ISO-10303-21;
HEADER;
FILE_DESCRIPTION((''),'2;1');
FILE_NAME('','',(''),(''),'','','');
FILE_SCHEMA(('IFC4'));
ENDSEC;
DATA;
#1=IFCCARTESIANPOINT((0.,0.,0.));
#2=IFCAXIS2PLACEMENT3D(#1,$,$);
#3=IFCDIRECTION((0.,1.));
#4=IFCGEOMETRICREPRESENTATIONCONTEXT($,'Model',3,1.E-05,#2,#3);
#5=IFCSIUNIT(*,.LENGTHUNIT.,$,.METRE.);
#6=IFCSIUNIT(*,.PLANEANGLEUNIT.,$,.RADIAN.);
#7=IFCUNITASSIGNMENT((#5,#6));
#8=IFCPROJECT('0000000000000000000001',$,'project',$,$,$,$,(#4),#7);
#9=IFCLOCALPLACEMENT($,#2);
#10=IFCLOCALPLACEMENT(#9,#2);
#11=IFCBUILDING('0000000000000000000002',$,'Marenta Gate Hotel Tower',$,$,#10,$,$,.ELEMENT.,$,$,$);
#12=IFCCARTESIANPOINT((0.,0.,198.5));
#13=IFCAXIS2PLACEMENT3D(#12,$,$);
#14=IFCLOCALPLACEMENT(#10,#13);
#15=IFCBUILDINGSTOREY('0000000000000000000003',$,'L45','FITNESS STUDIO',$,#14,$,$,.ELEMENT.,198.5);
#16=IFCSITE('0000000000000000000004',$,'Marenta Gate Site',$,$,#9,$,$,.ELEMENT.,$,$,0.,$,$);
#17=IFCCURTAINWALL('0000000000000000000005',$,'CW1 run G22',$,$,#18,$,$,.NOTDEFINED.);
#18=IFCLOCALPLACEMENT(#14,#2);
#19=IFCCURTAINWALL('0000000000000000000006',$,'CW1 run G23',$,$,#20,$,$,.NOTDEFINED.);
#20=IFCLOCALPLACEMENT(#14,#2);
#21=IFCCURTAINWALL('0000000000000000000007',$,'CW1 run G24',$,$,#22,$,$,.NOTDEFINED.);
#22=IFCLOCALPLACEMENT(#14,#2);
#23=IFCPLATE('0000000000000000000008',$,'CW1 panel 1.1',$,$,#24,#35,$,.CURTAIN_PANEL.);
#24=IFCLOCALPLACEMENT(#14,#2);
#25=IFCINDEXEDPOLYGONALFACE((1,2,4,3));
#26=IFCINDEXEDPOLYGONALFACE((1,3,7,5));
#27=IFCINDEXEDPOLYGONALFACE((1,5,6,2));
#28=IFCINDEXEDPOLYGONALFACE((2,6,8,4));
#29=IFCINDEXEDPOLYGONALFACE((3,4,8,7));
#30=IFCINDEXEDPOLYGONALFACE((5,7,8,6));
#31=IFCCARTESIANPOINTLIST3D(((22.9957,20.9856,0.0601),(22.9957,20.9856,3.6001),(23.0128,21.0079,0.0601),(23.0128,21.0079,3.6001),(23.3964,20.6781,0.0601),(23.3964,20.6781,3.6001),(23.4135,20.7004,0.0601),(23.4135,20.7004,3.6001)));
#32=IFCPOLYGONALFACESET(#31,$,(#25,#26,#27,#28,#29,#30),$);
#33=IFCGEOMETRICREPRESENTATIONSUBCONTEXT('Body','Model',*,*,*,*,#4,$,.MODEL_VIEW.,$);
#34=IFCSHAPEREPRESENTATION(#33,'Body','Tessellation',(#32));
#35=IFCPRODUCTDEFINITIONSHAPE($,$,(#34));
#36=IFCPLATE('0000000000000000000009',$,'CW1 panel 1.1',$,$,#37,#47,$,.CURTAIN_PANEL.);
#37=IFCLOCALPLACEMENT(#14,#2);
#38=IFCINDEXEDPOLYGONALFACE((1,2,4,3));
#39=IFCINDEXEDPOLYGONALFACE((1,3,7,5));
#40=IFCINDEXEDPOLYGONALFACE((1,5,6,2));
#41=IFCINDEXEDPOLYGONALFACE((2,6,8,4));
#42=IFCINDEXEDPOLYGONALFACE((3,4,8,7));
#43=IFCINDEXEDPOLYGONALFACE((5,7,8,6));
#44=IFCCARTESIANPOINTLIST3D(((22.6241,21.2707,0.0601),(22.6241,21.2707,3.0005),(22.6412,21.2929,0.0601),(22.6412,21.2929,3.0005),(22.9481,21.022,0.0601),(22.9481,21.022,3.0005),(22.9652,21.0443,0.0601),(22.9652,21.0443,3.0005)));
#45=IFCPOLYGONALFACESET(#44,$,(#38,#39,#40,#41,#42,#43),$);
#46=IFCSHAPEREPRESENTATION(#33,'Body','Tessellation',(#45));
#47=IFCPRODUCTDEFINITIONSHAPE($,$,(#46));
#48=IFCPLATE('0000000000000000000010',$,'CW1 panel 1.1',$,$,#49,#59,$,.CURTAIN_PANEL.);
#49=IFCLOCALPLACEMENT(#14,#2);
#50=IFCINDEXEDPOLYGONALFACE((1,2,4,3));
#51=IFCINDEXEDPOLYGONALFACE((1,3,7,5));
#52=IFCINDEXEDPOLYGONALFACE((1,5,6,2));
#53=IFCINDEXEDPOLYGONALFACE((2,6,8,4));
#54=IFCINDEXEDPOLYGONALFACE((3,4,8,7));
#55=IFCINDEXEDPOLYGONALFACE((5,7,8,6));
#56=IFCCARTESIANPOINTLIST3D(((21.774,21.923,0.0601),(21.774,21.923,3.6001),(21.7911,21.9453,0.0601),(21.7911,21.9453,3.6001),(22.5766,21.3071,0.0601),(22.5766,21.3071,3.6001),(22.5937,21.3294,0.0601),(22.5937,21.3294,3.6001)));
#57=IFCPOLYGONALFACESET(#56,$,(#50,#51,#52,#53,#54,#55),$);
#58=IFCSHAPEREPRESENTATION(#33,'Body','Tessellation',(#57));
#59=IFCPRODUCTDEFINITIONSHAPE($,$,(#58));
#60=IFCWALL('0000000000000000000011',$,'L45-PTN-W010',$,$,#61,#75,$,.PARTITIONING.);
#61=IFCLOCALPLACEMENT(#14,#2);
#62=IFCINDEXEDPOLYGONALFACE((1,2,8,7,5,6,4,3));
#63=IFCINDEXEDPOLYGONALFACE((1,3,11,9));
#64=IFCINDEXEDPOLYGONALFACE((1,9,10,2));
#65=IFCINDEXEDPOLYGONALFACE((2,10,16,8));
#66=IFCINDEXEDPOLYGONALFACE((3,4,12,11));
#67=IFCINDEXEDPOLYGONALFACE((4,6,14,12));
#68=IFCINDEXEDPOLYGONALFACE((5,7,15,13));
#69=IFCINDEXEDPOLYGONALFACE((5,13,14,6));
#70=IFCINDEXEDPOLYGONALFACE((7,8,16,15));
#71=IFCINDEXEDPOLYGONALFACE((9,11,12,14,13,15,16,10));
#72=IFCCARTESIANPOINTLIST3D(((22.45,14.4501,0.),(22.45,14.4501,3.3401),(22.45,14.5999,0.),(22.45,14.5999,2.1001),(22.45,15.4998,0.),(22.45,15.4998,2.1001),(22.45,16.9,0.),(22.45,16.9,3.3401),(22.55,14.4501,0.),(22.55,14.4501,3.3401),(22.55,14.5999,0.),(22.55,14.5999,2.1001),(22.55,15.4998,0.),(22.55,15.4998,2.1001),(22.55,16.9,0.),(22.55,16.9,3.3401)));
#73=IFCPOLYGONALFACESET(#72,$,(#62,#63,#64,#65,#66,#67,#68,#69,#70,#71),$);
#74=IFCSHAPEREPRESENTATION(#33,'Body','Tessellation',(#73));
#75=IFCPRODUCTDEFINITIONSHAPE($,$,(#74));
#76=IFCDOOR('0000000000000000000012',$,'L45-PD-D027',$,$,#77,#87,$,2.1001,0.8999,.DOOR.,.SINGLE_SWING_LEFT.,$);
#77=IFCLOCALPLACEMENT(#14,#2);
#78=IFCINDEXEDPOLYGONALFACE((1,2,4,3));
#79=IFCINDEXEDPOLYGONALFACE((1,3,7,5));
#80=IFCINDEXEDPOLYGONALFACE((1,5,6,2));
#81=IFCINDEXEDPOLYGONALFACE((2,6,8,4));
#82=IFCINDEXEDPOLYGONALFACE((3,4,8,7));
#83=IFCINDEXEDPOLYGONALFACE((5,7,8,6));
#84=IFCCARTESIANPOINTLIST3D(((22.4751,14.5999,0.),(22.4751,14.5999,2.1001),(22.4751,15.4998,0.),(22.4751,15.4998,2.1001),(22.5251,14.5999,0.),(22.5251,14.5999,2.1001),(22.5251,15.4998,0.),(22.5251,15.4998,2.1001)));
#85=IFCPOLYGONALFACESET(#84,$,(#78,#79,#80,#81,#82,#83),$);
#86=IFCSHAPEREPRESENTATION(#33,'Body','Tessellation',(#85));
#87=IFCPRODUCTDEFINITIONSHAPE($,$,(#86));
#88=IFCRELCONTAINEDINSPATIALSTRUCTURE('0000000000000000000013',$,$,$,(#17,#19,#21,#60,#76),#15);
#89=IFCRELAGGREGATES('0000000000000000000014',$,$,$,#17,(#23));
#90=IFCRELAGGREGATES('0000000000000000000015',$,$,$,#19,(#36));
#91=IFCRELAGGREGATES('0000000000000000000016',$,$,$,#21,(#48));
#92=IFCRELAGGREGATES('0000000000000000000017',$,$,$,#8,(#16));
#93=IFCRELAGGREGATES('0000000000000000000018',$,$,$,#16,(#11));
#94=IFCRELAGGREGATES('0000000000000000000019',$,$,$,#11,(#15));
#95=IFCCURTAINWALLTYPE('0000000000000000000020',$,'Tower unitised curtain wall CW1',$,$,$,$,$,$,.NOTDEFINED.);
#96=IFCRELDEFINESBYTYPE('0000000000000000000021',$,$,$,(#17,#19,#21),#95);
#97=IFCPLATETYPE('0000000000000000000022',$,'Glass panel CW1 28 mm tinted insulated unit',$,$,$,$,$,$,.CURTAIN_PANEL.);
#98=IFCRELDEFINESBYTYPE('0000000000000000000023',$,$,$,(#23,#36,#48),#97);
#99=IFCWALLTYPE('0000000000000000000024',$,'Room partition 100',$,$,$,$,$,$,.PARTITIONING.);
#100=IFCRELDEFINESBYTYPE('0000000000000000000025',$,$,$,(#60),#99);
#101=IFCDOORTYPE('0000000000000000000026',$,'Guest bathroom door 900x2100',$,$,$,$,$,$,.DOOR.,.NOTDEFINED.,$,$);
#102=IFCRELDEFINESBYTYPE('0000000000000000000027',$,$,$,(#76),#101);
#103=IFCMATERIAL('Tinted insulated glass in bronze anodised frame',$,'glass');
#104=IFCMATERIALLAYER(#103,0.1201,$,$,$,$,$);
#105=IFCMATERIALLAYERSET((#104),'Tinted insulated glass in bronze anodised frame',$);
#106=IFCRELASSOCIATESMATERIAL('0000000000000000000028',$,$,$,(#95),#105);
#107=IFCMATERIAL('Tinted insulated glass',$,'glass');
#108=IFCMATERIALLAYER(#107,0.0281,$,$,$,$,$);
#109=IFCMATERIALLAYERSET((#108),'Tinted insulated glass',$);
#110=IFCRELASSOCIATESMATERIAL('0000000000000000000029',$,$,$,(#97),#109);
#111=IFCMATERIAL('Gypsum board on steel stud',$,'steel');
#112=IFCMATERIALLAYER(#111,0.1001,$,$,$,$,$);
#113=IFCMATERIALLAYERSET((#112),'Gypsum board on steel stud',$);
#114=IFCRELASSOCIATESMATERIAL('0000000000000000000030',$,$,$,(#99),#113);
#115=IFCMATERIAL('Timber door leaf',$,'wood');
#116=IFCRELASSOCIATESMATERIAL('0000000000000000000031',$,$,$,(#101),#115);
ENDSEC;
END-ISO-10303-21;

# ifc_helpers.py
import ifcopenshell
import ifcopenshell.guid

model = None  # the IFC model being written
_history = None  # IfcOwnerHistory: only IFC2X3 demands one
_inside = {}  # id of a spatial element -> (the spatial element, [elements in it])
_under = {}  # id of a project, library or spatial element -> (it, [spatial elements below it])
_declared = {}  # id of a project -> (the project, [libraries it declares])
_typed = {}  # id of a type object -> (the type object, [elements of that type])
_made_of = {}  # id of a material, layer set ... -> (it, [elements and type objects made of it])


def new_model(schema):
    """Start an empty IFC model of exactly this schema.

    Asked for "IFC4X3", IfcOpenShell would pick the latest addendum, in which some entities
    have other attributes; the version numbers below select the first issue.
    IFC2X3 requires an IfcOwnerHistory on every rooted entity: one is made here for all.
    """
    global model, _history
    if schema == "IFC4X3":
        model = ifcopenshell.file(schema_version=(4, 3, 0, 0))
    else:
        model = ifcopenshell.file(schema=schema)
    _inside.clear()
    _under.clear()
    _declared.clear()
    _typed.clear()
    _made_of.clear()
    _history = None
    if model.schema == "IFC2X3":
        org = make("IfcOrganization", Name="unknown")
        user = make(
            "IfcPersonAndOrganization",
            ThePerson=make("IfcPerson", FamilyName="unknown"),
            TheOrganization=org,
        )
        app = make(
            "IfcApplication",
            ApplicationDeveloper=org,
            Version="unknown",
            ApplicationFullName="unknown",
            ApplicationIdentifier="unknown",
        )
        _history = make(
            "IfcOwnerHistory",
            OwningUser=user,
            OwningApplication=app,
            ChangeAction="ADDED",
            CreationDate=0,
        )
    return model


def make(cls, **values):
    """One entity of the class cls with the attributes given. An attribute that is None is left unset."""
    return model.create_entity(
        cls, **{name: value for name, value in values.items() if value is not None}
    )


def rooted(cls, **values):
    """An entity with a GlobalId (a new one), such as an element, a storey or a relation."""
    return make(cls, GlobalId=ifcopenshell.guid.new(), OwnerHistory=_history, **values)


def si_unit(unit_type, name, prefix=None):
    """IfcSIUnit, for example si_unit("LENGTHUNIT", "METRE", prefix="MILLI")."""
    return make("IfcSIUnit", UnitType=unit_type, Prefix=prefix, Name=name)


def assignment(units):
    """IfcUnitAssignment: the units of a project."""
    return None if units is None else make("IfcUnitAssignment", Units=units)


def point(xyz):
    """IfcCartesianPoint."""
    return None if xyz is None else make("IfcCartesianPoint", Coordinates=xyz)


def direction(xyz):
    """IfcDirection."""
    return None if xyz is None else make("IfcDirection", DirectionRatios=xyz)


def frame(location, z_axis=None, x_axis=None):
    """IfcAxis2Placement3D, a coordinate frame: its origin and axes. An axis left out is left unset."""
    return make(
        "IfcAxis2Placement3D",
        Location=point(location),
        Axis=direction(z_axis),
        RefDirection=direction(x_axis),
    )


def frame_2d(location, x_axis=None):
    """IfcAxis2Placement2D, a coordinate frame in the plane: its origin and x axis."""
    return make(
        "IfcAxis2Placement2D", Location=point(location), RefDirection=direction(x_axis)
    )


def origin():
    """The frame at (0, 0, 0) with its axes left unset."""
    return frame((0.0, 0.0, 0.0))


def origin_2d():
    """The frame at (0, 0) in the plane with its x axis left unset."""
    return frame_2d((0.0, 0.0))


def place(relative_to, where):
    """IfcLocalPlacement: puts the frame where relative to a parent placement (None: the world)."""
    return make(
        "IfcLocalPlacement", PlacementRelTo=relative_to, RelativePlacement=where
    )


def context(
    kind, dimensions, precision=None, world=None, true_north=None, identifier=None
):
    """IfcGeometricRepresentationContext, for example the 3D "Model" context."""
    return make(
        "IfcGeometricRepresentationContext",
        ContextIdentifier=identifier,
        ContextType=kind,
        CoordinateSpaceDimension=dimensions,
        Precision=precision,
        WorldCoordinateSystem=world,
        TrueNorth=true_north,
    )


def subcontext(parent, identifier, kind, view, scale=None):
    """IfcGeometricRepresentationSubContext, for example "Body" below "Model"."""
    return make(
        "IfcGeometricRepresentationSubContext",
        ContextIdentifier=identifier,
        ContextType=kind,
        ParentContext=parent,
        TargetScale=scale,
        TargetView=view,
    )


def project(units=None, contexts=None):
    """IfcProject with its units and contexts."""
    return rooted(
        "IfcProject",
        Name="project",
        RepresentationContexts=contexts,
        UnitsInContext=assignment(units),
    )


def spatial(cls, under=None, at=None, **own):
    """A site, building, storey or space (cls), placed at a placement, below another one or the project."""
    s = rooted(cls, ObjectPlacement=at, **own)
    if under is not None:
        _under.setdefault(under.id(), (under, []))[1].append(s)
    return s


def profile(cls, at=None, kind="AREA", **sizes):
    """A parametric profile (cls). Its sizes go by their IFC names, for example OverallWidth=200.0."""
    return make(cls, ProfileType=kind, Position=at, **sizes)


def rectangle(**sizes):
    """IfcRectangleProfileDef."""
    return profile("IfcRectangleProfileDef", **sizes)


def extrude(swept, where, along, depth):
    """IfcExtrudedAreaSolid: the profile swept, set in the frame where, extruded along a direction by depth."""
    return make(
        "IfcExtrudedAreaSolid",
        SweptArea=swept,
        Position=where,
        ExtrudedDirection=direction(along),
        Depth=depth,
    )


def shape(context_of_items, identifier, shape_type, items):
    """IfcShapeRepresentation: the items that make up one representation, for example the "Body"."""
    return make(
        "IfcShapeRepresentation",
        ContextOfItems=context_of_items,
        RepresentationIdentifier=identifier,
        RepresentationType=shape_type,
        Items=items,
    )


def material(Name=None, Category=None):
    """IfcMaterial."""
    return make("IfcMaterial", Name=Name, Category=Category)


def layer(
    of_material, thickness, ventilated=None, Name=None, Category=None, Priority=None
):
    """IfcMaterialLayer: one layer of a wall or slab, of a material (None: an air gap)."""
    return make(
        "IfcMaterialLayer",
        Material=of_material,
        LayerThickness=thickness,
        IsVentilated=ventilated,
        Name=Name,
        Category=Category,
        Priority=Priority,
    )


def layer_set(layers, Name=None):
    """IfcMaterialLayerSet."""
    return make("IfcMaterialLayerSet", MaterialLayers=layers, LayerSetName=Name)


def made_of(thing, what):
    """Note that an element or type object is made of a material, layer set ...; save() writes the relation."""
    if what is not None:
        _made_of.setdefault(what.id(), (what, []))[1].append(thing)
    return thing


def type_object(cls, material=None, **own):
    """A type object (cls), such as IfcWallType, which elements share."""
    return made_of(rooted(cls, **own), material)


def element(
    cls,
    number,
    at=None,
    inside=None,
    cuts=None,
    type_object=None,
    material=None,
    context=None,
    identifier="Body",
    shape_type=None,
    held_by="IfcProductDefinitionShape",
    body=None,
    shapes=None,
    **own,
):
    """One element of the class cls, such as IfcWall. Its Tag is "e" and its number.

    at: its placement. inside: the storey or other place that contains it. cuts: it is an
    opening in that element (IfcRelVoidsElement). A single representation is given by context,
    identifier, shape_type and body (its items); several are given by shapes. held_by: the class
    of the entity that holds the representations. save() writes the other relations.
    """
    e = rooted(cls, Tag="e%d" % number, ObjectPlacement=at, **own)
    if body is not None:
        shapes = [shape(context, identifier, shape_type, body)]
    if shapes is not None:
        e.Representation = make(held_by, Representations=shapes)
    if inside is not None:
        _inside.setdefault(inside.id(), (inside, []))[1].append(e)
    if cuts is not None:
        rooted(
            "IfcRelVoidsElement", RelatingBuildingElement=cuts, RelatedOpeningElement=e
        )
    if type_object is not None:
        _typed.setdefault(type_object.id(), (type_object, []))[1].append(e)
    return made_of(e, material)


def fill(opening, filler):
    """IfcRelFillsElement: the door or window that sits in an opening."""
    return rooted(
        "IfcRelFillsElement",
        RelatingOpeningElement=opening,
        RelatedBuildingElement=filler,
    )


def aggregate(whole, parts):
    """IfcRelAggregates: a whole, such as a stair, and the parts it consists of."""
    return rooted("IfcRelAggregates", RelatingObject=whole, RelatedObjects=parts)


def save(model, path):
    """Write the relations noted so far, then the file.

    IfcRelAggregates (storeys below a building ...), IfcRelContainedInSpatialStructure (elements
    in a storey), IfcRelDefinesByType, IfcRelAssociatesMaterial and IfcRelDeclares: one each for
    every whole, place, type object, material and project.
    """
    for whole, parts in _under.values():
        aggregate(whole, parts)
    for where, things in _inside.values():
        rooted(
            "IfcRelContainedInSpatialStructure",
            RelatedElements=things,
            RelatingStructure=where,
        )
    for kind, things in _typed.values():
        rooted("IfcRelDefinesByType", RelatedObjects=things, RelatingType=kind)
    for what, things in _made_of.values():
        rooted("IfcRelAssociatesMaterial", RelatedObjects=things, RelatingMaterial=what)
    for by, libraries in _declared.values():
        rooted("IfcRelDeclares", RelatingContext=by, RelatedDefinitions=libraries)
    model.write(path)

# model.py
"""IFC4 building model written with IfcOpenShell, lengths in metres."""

from ifc_helpers import new_model, si_unit, direction, frame, frame_2d, origin, origin_2d, place, context, subcontext, project, spatial, rectangle, extrude, material, layer, layer_set, type_object, element, fill, aggregate, save


model = new_model("IFC4")

# Units and contexts
model_context = context("Model", 3, precision=1e-05, world=origin(), true_north=direction((0.0, 1.0)))
body_context = subcontext(model_context, "Body", "Model", "MODEL_VIEW")
ifc_project = project(units=[si_unit("LENGTHUNIT", "METRE"), si_unit("PLANEANGLEUNIT", "RADIAN")], contexts=[model_context])

# Site, building, storey
site_placement = place(None, origin())
site = spatial("IfcSite", under=ifc_project, at=site_placement, Name="Marenta Gate Site", CompositionType="ELEMENT", RefElevation=0.0)
building_placement = place(site_placement, origin())
building = spatial("IfcBuilding", under=site, at=building_placement, Name="Marenta Gate Hotel Tower", CompositionType="ELEMENT")
storey_placement = place(building_placement, frame((0.0, 0.0, 198.5)))
storey = spatial("IfcBuildingStorey", under=building, at=storey_placement, Name="L45", Description="FITNESS STUDIO", CompositionType="ELEMENT", Elevation=198.5)

# Curtain walls
ifc_material_1 = material(Name="Tinted insulated glass in bronze anodised frame", Category="glass")
ifc_layer_1 = layer(ifc_material_1, 0.1201)
ifc_layer_set_1 = layer_set([ifc_layer_1], Name="Tinted insulated glass in bronze anodised frame")
curtain_wall_type = type_object("IfcCurtainWallType", Name="Tower unitised curtain wall CW1", PredefinedType="NOTDEFINED", material=ifc_layer_set_1)
curtain_wall_1_placement = place(storey_placement, origin())
curtain_wall_1 = element("IfcCurtainWall", 1, at=curtain_wall_1_placement, inside=storey, type_object=curtain_wall_type, Name="CW1 run G22", PredefinedType="NOTDEFINED")
curtain_wall_2_placement = place(storey_placement, origin())
curtain_wall_2 = element("IfcCurtainWall", 2, at=curtain_wall_2_placement, inside=storey, type_object=curtain_wall_type, Name="CW1 run G23", PredefinedType="NOTDEFINED")
curtain_wall_3_placement = place(storey_placement, origin())
curtain_wall_3 = element("IfcCurtainWall", 3, at=curtain_wall_3_placement, inside=storey, type_object=curtain_wall_type, Name="CW1 run G24", PredefinedType="NOTDEFINED")

# Plates
ifc_material_2 = material(Name="Tinted insulated glass", Category="glass")
ifc_layer_2 = layer(ifc_material_2, 0.0281)
ifc_layer_set_2 = layer_set([ifc_layer_2], Name="Tinted insulated glass")
plate_type = type_object("IfcPlateType", Name="Glass panel CW1 28 mm tinted insulated unit", PredefinedType="CURTAIN_PANEL", material=ifc_layer_set_2)
plate_1_placement = place(storey_placement, frame((23.2046, 20.843, 0.0601), z_axis=(0.0, 0.0, 1.0), x_axis=(-0.793347, 0.60877, 0.0)))
plate_1 = element("IfcPlate", 4, at=plate_1_placement, type_object=plate_type, Name="CW1 panel 1.1", PredefinedType="CURTAIN_PANEL", context=body_context, shape_type="SweptSolid", body=[
    extrude(rectangle(XDim=0.5051, YDim=0.0281, at=origin_2d()), origin(), (0.0, 0.0, 1.0), 3.54),
])
aggregate(curtain_wall_1, [plate_1])
plate_2_placement = place(storey_placement, frame((22.7947, 21.1575, 0.0601), z_axis=(0.0, 0.0, 1.0), x_axis=(-0.79329, 0.608844, 0.0)))
plate_2 = element("IfcPlate", 5, at=plate_2_placement, type_object=plate_type, Name="CW1 panel 1.1", PredefinedType="CURTAIN_PANEL", context=body_context, shape_type="SweptSolid", body=[
    extrude(rectangle(XDim=0.4084, YDim=0.0281, at=origin_2d()), origin(), (0.0, 0.0, 1.0), 2.9404),
])
aggregate(curtain_wall_2, [plate_2])
plate_3_placement = place(storey_placement, frame((22.1838, 21.6262, 0.0601), z_axis=(0.0, 0.0, 1.0), x_axis=(-0.793345, 0.608772, 0.0)))
plate_3 = element("IfcPlate", 6, at=plate_3_placement, type_object=plate_type, Name="CW1 panel 1.1", PredefinedType="CURTAIN_PANEL", context=body_context, shape_type="SweptSolid", body=[
    extrude(rectangle(XDim=1.0117, YDim=0.0281, at=origin_2d()), origin(), (0.0, 0.0, 1.0), 3.54),
])
aggregate(curtain_wall_3, [plate_3])

# Wall, opening, door
ifc_material_3 = material(Name="Gypsum board on steel stud", Category="steel")
ifc_layer_3 = layer(ifc_material_3, 0.1001)
ifc_layer_set_3 = layer_set([ifc_layer_3], Name="Gypsum board on steel stud")
wall_type = type_object("IfcWallType", Name="Room partition 100", PredefinedType="PARTITIONING", material=ifc_layer_set_3)
wall_placement = place(storey_placement, frame((22.5, 14.45, 0.0), z_axis=(0.0, 0.0, 1.0), x_axis=(0.0, 1.0, 0.0)))
wall = element("IfcWall", 7, at=wall_placement, inside=storey, type_object=wall_type, Name="L45-PTN-W010", PredefinedType="PARTITIONING", context=body_context, shape_type="SweptSolid", body=[
    extrude(rectangle(XDim=2.45, YDim=0.1001, at=frame_2d((1.2251, 0.0))), origin(), (0.0, 0.0, 1.0), 3.3401),
])
opening_placement = place(wall_placement, frame((0.1499, 0.0, 0.0)))
opening = element("IfcOpeningElement", 8, at=opening_placement, cuts=wall, PredefinedType="OPENING", context=body_context, shape_type="SweptSolid", body=[
    extrude(rectangle(XDim=0.8999, YDim=2.1001, at=frame_2d((0.45, 1.05))), frame((0.0, 0.05, 0.0), z_axis=(0.0, -1.0, 0.0), x_axis=(1.0, 0.0, 0.0)), (0.0, 0.0, 1.0), 0.1001),
])
ifc_material_4 = material(Name="Timber door leaf", Category="wood")
door_type = type_object("IfcDoorType", Name="Guest bathroom door 900x2100", OperationType="NOTDEFINED", PredefinedType="DOOR", material=ifc_material_4)
door_placement = place(opening_placement, origin())
door = element("IfcDoor", 9, at=door_placement, inside=storey, type_object=door_type, Name="L45-PD-D027", OperationType="SINGLE_SWING_LEFT", OverallHeight=2.1001, OverallWidth=0.8999, PredefinedType="DOOR", context=body_context, shape_type="SweptSolid", body=[
    extrude(rectangle(XDim=0.8999, YDim=2.1001, at=frame_2d((0.45, 1.05))), frame((0.0, 0.0249, 0.0), z_axis=(0.0, -1.0, 0.0), x_axis=(1.0, 0.0, 0.0)), (0.0, 0.0, 1.0), 0.05),
])
fill(opening, door)

save(model, "model.ifc")
